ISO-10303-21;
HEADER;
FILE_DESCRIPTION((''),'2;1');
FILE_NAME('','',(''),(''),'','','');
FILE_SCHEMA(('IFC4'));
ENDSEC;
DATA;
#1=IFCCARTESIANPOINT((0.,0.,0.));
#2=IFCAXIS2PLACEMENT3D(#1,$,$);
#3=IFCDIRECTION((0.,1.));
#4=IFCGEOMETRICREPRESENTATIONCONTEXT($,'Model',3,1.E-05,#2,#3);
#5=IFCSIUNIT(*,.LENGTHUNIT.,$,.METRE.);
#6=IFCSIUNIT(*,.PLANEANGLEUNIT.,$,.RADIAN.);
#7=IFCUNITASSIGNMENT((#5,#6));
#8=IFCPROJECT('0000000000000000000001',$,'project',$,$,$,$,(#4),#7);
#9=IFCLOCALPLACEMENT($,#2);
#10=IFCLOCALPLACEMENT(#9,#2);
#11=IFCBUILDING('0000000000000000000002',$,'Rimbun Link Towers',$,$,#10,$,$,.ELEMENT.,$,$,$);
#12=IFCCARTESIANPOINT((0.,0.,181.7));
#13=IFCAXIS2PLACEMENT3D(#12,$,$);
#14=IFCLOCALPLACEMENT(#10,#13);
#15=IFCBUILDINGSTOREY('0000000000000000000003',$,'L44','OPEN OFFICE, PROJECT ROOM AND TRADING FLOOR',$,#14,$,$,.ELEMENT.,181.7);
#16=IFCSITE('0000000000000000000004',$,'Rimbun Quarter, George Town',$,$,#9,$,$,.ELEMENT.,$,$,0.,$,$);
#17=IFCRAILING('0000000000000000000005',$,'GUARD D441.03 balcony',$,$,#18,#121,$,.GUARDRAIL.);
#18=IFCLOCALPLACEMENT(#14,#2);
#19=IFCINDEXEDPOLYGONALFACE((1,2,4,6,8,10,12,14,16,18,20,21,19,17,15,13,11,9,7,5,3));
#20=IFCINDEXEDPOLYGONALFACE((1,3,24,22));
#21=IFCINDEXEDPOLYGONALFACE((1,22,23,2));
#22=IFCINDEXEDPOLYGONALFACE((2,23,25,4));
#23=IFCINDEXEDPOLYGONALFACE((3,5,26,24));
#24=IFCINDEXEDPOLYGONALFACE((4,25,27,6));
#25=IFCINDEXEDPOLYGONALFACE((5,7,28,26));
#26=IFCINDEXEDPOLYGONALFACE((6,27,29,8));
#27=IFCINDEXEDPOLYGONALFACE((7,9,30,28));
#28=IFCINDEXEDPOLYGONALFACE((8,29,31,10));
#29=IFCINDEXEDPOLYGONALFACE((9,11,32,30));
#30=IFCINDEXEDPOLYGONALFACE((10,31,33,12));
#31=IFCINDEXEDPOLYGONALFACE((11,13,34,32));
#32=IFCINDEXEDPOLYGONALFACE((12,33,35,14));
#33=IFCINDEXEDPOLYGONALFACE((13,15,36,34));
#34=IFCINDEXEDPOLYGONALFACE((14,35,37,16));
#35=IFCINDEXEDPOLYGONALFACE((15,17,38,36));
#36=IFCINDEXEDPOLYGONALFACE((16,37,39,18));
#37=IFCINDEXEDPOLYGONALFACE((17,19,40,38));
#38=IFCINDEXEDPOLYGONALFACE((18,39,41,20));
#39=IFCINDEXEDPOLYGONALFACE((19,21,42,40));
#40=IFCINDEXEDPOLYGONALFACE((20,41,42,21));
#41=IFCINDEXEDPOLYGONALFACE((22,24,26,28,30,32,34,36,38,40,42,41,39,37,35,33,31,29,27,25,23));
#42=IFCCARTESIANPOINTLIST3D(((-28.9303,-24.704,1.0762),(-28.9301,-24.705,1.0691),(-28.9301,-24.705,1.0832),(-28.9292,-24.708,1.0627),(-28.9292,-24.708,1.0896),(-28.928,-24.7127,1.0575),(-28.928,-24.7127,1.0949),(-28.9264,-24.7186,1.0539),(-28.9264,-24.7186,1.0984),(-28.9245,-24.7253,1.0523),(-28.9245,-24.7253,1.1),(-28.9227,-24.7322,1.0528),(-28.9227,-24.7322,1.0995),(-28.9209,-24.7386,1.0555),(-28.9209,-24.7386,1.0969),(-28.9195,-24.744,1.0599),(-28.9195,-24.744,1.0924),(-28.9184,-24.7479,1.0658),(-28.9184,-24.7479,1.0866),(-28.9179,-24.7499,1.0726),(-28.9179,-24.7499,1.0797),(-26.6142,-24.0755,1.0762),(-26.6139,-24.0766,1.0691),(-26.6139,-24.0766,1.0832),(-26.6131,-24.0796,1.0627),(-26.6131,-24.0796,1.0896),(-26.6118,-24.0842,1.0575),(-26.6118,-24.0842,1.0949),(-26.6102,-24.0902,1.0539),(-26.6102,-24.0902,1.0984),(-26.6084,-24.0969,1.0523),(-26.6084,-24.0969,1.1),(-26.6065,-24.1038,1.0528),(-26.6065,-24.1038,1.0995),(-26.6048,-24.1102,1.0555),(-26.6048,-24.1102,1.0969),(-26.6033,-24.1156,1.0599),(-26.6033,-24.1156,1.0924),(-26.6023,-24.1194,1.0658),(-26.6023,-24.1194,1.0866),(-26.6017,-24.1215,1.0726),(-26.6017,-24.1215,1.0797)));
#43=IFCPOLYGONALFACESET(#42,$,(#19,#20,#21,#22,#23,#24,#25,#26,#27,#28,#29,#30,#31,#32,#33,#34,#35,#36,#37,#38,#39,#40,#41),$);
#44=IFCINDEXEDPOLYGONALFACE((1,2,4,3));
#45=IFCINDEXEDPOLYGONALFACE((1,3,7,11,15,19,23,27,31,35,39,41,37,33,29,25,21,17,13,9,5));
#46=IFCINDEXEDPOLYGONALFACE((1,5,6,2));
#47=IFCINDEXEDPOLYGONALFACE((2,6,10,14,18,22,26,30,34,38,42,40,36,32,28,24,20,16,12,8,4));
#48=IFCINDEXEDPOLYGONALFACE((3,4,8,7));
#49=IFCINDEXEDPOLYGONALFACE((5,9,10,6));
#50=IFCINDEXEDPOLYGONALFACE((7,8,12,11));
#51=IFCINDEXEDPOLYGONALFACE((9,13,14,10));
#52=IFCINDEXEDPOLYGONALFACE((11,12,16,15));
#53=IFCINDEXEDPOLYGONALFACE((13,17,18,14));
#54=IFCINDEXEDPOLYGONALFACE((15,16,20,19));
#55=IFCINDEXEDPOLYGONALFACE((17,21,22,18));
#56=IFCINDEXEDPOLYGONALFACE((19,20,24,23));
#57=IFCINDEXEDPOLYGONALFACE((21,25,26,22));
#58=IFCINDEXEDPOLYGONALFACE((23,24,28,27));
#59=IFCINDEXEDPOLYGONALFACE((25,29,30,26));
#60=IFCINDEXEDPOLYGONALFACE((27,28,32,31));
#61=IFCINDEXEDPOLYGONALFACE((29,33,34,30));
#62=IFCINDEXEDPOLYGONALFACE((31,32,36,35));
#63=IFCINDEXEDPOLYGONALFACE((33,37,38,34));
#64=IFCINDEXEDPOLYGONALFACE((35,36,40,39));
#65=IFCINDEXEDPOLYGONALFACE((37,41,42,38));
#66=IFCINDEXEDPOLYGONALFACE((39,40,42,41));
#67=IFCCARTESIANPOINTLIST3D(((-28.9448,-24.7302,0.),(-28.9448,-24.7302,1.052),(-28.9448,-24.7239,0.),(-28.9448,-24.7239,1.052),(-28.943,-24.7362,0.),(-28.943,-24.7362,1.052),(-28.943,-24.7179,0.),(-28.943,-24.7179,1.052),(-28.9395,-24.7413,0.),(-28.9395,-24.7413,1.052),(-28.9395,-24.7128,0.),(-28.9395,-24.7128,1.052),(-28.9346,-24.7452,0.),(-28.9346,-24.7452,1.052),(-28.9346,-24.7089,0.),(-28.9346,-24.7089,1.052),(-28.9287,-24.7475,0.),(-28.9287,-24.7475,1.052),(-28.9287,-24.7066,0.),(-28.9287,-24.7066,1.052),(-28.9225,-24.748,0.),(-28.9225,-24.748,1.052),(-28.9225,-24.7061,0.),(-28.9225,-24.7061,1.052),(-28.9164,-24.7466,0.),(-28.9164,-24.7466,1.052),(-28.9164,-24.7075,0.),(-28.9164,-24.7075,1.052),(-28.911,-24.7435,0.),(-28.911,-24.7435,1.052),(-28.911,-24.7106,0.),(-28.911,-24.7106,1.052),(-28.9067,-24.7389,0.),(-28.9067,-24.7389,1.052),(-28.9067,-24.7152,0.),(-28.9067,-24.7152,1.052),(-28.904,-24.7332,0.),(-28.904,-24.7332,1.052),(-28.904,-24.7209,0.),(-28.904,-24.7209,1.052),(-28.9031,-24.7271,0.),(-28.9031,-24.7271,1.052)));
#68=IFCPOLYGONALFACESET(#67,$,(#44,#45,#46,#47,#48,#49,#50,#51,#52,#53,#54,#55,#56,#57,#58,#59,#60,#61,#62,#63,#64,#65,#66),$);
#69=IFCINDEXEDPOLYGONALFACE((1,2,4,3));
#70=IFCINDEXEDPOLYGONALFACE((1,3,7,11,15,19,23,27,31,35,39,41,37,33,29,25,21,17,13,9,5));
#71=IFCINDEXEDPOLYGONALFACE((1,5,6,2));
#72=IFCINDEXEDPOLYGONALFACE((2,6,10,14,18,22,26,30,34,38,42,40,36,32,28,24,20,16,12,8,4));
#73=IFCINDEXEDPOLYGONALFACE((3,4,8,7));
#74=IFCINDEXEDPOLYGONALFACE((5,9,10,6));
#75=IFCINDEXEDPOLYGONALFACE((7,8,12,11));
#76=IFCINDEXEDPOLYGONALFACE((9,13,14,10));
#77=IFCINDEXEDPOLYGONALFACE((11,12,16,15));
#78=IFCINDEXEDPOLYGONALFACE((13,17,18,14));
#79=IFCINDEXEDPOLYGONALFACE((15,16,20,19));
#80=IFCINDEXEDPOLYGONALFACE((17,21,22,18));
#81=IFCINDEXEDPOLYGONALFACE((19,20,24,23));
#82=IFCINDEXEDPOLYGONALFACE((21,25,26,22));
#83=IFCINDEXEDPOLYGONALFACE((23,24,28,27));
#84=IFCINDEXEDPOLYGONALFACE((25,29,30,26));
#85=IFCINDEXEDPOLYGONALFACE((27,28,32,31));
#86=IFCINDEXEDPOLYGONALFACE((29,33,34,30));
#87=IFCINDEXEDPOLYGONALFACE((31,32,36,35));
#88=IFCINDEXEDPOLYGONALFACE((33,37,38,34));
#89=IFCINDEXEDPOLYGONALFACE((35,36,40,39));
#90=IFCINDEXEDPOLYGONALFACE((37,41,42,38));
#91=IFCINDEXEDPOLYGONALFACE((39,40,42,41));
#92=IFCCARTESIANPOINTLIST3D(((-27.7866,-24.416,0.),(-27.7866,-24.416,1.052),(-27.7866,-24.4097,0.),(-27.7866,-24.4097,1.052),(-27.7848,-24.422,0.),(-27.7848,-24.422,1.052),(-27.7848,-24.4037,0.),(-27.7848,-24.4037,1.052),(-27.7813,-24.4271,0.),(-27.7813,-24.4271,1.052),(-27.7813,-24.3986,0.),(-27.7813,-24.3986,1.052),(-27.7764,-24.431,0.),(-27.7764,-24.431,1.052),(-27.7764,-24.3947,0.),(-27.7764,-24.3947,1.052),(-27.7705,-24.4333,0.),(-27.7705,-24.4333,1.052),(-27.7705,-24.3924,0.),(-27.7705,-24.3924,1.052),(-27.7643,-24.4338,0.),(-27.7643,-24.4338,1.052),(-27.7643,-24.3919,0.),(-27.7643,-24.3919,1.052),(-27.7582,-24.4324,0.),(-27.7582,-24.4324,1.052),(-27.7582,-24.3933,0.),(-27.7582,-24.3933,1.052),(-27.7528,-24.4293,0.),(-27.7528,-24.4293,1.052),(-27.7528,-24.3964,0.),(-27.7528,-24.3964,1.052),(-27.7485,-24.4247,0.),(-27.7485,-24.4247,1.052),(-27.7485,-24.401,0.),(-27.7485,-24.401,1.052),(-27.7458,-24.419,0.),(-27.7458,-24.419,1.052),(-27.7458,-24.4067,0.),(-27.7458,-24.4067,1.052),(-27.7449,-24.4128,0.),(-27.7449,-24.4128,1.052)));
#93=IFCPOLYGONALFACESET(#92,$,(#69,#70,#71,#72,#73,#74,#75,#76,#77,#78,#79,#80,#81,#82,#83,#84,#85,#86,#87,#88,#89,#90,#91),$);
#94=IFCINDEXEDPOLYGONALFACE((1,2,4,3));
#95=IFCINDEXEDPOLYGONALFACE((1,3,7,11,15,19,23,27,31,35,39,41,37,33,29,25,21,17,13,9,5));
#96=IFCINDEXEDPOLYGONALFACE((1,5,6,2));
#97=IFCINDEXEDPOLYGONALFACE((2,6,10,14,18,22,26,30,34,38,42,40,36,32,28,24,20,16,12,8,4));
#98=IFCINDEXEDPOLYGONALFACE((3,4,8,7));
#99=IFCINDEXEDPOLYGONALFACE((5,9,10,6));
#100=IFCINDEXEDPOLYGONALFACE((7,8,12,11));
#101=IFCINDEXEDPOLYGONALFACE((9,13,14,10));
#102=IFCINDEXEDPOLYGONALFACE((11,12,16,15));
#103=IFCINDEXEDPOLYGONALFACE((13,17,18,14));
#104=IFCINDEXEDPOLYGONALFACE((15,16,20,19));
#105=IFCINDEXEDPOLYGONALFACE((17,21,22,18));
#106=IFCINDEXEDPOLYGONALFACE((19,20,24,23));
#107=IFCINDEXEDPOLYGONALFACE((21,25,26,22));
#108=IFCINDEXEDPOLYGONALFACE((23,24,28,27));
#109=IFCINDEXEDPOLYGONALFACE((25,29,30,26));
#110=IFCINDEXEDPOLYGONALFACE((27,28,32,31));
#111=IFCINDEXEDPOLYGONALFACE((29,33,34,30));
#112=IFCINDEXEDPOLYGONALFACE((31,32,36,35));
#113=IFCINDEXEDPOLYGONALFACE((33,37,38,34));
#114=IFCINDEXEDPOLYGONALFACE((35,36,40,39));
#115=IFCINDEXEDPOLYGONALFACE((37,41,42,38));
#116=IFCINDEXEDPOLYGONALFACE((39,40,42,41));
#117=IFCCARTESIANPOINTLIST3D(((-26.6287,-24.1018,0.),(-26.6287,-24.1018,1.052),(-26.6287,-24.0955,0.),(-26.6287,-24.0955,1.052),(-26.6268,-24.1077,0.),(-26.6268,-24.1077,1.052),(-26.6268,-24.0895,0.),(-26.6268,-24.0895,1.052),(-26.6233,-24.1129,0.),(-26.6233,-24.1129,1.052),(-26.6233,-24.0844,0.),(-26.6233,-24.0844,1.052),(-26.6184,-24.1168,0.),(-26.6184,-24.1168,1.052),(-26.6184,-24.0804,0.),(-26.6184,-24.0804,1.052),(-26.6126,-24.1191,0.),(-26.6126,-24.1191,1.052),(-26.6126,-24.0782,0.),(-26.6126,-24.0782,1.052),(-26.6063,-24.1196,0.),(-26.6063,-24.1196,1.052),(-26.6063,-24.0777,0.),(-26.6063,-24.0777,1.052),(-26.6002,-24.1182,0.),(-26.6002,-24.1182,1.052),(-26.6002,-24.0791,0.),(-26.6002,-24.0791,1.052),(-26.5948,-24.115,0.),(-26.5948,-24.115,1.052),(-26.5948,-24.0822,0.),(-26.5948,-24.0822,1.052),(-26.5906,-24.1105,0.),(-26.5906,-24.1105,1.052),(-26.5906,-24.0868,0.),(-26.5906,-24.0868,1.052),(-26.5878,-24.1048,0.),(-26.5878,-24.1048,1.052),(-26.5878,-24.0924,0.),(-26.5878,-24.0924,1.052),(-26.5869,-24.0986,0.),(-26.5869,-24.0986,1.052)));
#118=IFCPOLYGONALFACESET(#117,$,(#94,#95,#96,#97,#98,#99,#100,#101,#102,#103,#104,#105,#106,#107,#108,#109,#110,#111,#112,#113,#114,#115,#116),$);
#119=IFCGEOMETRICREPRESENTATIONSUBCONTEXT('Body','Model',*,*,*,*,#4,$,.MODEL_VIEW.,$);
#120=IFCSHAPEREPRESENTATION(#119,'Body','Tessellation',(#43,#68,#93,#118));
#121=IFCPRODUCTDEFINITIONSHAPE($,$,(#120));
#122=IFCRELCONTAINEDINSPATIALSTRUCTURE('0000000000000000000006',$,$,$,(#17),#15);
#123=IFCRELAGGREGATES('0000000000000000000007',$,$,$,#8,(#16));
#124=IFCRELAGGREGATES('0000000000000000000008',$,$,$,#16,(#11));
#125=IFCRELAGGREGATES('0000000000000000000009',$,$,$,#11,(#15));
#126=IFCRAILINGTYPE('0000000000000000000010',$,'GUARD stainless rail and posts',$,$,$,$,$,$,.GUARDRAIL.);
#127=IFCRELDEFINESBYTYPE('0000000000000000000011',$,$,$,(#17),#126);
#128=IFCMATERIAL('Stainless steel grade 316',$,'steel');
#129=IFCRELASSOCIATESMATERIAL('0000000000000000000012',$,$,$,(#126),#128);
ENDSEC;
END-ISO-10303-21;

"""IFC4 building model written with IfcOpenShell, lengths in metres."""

from ifc_helpers import new_model, si_unit, direction, frame, origin, origin_2d, place, context, subcontext, project, spatial, circle, extrude, material, type_object, element, save


model = new_model("IFC4")

# Units and contexts
model_context = context("Model", 3, precision=1e-05, world=origin(), true_north=direction((0.0, 1.0)))
body_context = subcontext(model_context, "Body", "Model", "MODEL_VIEW")
ifc_project = project(units=[si_unit("LENGTHUNIT", "METRE"), si_unit("PLANEANGLEUNIT", "RADIAN")], contexts=[model_context])

# Site, building, storey
site_placement = place(None, origin())
site = spatial("IfcSite", under=ifc_project, at=site_placement, Name="Rimbun Quarter, George Town", CompositionType="ELEMENT", RefElevation=0.0)
building_placement = place(site_placement, origin())
building = spatial("IfcBuilding", under=site, at=building_placement, Name="Rimbun Link Towers", CompositionType="ELEMENT")
storey_placement = place(building_placement, frame((0.0, 0.0, 181.7)))
storey = spatial("IfcBuildingStorey", under=building, at=storey_placement, Name="L44", Description="OPEN OFFICE, PROJECT ROOM AND TRADING FLOOR", CompositionType="ELEMENT", Elevation=181.7)

# Railing
ifc_material_1 = material(Name="Stainless steel grade 316", Category="steel")
railing_type = type_object("IfcRailingType", Name="GUARD stainless rail and posts", PredefinedType="GUARDRAIL", material=ifc_material_1)
railing_1_placement = place(storey_placement, frame((-28.9241, -24.7271, 0.0)))
element("IfcRailing", 1, at=railing_1_placement, inside=storey, type_object=railing_type, Name="GUARD D441.03 balcony", PredefinedType="GUARDRAIL", context=body_context, shape_type="SweptSolid", body=[
    extrude(circle(Radius=0.0239, at=origin_2d()), frame((0.0, 0.0, 1.0762), z_axis=(0.965108, 0.261852, 0.0), x_axis=(-0.261852, 0.965108, 0.0)), (0.0, 0.0, 1.0), 2.3999),
    extrude(circle(Radius=0.021, at=origin_2d()), origin(), (0.0, 0.0, 1.0), 1.052),
    extrude(circle(Radius=0.021, at=origin_2d()), frame((1.1582, 0.3142, 0.0)), (0.0, 0.0, 1.0), 1.052),
    extrude(circle(Radius=0.021, at=origin_2d()), frame((2.3162, 0.6284, 0.0)), (0.0, 0.0, 1.0), 1.052),
])

save(model, "model.ifc")
